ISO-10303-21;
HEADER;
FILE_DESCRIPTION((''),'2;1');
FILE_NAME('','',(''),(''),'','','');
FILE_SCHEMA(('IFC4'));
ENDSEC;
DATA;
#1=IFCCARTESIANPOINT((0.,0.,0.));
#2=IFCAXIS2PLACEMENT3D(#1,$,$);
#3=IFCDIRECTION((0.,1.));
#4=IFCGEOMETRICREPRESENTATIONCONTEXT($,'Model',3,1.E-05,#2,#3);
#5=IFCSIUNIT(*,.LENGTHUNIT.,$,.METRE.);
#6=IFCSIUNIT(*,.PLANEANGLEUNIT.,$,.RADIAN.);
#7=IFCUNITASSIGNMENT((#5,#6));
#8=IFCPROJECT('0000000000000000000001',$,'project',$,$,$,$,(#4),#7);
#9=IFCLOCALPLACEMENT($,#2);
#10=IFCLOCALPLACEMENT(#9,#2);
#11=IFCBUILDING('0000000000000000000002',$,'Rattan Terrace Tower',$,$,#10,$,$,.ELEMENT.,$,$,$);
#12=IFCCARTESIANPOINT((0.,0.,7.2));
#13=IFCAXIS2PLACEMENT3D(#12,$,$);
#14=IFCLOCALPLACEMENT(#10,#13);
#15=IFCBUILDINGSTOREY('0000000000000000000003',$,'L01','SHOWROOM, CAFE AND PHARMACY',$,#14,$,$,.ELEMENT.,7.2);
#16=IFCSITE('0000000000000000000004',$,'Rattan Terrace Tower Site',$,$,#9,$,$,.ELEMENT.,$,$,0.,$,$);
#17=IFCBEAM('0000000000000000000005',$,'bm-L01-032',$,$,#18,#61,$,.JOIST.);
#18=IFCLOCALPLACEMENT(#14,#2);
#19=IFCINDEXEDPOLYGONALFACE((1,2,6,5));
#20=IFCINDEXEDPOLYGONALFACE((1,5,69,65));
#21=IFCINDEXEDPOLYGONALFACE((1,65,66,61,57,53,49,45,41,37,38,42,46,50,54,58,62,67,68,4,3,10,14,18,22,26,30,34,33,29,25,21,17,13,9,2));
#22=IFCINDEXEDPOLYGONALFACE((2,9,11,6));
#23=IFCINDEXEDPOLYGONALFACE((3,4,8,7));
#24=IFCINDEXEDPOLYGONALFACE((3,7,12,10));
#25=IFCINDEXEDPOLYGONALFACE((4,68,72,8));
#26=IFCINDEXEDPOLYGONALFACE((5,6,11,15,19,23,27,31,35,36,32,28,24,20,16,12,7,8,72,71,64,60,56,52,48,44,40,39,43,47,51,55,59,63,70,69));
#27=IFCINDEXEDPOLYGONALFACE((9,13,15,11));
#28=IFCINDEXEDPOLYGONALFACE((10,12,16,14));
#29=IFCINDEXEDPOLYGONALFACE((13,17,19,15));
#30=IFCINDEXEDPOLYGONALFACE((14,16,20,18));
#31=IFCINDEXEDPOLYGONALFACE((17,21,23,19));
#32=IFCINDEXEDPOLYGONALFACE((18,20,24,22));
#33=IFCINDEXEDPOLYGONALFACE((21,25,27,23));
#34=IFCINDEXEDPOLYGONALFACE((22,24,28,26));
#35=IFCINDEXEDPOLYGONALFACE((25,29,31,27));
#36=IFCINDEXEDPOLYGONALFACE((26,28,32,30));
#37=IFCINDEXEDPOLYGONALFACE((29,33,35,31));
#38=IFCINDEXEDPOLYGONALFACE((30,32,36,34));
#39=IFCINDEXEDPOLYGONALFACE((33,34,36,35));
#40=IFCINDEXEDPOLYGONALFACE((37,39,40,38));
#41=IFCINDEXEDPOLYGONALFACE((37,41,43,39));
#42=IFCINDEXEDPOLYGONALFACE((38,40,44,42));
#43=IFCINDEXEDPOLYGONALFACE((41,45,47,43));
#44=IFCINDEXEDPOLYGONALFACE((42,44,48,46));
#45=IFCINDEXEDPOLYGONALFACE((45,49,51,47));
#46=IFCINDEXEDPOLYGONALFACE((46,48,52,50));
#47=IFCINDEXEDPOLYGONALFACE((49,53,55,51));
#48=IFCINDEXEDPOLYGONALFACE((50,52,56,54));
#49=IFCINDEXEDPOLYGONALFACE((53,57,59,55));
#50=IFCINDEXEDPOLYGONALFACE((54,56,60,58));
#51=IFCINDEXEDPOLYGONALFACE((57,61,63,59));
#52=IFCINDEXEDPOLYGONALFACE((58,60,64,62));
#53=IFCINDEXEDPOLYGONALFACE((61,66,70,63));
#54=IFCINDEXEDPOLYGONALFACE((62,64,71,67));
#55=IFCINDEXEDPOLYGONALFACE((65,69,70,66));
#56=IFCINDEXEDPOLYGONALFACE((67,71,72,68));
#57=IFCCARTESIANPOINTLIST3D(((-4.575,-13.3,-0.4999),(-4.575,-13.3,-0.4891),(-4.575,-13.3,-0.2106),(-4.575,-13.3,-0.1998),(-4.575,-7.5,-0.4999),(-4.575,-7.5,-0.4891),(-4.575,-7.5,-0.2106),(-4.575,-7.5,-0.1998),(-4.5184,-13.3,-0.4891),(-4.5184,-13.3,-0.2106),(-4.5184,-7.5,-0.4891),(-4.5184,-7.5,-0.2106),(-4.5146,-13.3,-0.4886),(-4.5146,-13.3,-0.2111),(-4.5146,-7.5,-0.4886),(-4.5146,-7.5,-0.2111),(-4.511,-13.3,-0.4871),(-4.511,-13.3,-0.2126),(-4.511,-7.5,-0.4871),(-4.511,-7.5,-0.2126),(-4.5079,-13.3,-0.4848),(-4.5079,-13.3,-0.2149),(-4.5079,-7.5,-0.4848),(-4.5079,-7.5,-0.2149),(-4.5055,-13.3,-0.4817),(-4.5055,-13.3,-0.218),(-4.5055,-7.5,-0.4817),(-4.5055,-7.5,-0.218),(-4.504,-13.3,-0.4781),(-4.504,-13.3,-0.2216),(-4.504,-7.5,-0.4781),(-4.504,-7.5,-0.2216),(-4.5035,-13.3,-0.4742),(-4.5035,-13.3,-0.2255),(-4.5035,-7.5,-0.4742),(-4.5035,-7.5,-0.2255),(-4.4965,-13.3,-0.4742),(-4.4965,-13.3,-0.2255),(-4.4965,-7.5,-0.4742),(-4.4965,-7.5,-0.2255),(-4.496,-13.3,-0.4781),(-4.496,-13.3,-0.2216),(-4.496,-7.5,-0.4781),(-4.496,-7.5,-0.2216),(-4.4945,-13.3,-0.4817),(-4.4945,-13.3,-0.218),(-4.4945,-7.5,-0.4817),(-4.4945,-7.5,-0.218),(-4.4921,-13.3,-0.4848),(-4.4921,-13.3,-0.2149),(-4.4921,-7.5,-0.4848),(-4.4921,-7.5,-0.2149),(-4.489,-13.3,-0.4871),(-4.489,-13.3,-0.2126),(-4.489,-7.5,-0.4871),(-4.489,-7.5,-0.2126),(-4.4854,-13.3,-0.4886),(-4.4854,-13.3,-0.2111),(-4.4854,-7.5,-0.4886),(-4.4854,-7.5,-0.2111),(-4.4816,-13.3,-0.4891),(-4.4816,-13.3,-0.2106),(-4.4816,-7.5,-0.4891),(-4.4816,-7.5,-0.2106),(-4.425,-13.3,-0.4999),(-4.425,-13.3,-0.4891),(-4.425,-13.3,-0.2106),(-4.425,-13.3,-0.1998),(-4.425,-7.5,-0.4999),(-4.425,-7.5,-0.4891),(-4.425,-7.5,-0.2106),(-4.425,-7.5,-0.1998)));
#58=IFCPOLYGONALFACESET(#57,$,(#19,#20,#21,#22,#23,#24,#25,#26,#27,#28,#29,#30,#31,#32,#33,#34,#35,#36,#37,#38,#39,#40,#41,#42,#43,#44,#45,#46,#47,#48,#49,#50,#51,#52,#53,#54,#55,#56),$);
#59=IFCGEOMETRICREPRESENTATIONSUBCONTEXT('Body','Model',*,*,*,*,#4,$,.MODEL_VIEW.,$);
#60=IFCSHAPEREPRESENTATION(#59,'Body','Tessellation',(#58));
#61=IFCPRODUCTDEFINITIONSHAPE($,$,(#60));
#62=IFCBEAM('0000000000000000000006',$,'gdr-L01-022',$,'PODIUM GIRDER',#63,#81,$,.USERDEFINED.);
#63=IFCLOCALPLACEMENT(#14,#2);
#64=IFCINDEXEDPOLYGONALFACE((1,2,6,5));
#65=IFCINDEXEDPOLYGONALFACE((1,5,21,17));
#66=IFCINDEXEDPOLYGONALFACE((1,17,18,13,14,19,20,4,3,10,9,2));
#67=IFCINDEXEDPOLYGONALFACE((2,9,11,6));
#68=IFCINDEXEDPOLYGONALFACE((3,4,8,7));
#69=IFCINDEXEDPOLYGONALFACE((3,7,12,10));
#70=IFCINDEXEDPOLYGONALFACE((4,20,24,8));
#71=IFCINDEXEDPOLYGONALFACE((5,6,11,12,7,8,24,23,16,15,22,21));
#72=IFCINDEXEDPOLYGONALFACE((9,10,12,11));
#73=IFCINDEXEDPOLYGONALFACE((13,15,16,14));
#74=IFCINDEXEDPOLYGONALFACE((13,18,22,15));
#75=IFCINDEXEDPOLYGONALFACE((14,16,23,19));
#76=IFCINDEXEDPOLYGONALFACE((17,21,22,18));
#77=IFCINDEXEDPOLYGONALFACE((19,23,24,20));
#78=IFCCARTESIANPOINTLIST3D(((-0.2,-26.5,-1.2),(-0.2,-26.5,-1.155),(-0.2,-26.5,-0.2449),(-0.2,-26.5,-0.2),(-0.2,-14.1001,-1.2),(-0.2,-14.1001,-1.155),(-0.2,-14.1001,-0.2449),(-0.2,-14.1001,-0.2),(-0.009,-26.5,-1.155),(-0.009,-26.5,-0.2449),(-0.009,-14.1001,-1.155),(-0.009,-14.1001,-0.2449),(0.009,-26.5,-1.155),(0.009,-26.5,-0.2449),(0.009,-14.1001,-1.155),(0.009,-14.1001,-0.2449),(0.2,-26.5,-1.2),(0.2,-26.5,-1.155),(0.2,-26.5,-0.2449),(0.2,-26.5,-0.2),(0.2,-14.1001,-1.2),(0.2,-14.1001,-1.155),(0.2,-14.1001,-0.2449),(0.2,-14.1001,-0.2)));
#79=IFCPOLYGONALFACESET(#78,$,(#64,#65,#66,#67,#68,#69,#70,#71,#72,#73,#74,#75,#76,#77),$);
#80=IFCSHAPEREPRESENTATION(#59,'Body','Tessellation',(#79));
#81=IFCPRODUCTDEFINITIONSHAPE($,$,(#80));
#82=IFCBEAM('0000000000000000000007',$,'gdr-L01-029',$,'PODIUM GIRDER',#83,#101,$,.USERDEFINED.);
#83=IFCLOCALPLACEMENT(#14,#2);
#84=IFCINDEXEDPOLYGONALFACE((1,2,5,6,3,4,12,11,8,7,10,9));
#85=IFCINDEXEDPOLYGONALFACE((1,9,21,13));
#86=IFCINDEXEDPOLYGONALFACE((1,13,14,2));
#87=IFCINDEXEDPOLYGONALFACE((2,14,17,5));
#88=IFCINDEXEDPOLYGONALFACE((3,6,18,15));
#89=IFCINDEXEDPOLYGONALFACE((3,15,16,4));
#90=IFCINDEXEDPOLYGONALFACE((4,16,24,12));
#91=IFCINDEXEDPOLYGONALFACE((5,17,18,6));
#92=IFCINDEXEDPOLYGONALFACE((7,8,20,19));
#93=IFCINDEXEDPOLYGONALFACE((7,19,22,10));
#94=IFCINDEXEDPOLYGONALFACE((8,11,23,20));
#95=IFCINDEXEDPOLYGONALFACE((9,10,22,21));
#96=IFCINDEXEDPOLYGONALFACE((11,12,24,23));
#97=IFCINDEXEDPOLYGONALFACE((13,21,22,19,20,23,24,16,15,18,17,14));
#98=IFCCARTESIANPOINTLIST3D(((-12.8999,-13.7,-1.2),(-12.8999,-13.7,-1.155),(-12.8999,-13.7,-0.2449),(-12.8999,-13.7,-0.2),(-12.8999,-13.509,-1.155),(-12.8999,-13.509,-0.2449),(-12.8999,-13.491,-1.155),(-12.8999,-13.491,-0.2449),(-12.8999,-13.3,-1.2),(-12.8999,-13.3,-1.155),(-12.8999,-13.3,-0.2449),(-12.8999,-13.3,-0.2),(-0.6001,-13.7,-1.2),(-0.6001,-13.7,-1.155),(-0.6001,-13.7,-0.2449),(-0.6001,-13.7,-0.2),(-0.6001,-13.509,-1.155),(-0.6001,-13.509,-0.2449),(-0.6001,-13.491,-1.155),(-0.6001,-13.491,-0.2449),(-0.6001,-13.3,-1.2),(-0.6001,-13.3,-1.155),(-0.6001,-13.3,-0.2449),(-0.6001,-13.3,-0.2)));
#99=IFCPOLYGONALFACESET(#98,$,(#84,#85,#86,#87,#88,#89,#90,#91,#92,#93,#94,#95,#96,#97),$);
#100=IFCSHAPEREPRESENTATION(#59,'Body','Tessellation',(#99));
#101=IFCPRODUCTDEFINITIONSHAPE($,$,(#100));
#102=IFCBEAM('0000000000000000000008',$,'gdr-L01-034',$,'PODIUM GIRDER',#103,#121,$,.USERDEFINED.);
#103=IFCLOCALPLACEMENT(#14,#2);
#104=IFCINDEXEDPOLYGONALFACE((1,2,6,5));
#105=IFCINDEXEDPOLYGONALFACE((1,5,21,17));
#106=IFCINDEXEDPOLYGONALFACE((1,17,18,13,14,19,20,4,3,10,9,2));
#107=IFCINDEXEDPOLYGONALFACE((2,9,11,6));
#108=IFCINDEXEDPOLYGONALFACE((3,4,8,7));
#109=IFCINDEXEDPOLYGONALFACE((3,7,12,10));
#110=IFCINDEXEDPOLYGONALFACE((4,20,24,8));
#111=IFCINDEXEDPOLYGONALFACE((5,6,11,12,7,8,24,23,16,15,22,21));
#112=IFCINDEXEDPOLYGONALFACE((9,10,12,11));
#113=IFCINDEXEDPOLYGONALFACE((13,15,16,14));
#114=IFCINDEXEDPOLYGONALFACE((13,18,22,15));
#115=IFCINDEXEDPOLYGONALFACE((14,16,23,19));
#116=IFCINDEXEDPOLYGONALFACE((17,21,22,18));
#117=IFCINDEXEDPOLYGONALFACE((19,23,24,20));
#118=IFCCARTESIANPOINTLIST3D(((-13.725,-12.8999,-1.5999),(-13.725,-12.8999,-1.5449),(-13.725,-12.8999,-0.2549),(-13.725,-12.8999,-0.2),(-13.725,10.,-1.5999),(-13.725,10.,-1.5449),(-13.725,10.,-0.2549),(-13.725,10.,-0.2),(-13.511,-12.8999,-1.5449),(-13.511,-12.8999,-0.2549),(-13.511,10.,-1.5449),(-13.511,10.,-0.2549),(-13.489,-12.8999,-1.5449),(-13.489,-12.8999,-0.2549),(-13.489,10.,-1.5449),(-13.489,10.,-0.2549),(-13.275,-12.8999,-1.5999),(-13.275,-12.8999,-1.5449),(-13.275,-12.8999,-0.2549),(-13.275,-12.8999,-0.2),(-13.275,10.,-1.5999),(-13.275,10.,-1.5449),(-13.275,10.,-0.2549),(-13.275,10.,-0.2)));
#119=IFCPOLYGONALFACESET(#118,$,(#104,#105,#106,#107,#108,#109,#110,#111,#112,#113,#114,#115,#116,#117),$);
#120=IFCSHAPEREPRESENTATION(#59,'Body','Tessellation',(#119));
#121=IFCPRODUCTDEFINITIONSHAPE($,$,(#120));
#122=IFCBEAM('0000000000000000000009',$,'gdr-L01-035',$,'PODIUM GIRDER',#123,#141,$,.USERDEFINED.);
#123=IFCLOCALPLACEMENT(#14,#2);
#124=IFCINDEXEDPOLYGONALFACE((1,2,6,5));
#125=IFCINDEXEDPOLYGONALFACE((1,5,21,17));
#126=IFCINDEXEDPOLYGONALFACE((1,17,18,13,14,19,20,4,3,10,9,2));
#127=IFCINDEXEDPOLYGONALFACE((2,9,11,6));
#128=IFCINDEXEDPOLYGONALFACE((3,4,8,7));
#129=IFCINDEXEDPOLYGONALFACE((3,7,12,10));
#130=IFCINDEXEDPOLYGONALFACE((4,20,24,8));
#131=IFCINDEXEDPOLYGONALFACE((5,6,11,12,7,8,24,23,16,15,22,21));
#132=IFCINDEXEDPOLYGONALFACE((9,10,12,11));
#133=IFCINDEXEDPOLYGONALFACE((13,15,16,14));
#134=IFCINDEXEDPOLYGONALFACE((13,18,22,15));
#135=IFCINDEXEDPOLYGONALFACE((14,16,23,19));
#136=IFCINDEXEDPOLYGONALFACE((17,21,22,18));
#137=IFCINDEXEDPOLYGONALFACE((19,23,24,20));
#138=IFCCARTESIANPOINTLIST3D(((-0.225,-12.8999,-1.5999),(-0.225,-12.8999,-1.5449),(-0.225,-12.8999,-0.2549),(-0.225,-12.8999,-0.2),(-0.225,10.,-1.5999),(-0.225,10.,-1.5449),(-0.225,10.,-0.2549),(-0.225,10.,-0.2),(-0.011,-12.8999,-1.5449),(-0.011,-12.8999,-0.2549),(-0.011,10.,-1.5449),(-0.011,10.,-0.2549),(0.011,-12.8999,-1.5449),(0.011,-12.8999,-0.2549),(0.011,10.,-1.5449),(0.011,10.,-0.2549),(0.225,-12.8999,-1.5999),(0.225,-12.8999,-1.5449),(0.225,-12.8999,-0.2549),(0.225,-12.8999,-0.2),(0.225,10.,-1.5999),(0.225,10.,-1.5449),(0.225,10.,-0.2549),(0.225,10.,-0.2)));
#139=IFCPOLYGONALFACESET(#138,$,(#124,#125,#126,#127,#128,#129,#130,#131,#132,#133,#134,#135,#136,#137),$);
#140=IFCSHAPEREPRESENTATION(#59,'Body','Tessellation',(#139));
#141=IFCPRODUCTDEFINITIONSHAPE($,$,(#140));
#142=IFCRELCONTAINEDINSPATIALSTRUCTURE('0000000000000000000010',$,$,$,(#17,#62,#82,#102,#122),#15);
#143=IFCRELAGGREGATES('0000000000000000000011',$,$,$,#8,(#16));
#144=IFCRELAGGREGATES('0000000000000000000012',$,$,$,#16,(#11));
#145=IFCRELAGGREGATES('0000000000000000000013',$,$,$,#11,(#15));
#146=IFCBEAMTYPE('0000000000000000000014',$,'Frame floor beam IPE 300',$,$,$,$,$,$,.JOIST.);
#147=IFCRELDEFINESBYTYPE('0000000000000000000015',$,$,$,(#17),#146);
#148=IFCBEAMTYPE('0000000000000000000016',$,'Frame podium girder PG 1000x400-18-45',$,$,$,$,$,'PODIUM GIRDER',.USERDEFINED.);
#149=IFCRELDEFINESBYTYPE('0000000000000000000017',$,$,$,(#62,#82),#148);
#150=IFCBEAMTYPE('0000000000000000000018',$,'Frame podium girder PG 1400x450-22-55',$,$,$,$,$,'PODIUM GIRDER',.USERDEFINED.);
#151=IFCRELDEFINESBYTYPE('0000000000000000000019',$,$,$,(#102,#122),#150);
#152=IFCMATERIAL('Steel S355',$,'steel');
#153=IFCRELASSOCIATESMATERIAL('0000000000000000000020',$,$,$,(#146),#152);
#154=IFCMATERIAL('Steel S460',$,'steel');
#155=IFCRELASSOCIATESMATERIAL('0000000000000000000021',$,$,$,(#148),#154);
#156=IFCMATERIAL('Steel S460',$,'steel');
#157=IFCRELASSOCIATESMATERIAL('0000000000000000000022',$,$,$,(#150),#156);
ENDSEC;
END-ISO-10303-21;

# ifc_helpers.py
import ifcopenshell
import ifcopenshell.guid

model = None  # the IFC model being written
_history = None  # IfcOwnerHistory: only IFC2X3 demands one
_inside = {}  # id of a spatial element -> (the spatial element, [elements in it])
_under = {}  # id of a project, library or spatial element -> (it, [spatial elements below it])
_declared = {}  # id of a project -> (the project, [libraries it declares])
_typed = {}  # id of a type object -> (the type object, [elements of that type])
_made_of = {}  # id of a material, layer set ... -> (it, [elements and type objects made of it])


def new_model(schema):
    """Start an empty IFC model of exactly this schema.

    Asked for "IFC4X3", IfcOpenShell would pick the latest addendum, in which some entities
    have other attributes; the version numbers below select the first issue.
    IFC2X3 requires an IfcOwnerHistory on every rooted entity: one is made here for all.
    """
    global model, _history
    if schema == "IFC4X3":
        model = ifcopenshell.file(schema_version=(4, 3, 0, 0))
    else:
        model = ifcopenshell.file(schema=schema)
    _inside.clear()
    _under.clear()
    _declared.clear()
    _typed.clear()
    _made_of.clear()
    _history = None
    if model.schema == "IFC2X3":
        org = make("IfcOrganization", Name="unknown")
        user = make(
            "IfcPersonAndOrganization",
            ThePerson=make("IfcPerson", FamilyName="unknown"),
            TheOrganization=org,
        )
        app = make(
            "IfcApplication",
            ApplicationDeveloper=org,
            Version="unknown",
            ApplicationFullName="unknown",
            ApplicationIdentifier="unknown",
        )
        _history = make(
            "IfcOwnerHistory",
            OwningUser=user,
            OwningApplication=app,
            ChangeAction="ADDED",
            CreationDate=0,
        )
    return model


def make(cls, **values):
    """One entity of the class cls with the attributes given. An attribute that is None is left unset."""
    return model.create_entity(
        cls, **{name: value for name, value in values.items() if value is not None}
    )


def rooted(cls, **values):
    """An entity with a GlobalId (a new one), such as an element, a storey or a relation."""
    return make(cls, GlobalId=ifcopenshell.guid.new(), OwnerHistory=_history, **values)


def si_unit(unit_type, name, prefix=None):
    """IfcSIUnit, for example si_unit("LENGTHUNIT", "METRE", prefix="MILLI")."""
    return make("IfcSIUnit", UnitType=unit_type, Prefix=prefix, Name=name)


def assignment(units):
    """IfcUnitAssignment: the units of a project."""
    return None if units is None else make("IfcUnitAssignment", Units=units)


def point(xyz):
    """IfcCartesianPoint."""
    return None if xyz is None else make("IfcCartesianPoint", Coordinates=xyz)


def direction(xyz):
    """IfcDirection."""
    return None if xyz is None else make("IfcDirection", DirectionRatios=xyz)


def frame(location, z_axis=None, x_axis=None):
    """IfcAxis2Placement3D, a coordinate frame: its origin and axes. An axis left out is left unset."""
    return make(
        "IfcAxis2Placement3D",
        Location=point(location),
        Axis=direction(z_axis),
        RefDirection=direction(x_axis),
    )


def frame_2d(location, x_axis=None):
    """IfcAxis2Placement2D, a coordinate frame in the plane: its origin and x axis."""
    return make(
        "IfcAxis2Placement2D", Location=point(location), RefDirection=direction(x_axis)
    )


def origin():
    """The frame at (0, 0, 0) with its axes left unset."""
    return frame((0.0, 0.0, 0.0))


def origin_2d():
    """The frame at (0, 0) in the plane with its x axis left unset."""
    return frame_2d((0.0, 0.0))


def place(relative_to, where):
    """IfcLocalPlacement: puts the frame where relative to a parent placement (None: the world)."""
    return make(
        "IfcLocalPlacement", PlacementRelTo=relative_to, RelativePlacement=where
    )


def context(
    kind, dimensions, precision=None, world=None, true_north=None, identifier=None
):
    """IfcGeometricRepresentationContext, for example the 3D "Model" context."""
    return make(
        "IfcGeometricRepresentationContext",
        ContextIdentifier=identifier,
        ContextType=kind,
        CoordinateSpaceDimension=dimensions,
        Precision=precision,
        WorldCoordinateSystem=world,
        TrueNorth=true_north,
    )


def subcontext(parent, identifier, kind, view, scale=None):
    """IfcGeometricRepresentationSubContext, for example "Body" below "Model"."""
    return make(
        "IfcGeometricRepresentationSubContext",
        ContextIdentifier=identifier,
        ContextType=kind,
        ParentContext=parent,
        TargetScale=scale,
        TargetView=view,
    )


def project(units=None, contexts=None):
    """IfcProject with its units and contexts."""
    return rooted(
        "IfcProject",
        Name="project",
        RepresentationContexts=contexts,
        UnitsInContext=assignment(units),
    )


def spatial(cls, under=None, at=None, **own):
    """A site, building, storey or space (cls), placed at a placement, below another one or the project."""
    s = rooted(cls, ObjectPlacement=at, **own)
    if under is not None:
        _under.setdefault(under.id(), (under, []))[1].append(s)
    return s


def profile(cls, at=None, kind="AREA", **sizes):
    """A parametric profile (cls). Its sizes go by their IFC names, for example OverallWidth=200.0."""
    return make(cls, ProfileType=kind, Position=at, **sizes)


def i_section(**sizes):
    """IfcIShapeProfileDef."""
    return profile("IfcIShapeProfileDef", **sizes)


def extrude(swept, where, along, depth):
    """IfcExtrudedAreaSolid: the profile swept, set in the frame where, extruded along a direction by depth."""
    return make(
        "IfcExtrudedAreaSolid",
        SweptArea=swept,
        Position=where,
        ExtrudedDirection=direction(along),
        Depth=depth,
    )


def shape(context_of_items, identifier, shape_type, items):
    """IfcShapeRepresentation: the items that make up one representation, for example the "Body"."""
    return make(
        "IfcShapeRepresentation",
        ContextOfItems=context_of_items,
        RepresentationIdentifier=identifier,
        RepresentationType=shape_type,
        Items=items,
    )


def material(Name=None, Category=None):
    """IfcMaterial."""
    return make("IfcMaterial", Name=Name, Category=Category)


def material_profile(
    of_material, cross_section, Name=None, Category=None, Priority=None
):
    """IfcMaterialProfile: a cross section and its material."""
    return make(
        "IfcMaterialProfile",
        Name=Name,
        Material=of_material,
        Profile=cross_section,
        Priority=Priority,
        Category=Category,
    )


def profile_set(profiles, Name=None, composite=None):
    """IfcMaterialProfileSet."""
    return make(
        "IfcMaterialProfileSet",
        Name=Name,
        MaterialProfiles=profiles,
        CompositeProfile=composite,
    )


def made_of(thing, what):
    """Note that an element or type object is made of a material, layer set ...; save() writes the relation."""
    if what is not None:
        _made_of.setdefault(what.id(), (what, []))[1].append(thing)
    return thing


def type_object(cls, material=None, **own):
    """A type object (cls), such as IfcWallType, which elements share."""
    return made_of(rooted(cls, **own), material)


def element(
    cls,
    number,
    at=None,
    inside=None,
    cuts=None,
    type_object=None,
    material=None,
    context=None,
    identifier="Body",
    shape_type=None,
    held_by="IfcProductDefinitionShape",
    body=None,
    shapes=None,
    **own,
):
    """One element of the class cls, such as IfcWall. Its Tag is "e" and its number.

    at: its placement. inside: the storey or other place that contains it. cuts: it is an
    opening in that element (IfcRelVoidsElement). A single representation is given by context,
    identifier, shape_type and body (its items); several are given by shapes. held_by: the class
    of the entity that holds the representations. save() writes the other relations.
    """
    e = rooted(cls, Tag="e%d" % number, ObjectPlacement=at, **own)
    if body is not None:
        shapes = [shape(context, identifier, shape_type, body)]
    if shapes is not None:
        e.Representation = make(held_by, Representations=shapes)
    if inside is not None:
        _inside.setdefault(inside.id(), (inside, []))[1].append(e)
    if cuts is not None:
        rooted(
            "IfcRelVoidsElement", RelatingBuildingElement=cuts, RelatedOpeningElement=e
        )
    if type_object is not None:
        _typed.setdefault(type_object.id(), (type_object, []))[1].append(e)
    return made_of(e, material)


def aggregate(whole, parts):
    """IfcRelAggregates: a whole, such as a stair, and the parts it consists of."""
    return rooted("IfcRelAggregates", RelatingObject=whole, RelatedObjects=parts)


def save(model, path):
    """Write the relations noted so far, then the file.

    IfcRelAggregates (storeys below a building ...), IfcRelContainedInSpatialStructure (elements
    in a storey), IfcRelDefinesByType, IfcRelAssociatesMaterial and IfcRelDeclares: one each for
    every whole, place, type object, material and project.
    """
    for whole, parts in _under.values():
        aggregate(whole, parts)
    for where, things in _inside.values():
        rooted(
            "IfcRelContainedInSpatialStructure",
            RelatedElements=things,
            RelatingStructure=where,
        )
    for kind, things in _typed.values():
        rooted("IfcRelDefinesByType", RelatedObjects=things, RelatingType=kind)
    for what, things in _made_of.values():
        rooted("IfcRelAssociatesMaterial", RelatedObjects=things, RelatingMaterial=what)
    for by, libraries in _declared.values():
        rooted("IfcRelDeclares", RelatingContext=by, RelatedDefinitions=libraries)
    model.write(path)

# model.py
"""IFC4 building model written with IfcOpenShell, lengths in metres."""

from ifc_helpers import new_model, si_unit, direction, frame, origin, origin_2d, place, context, subcontext, project, spatial, i_section, extrude, material, material_profile, profile_set, type_object, element, save


model = new_model("IFC4")

# Units and contexts
model_context = context("Model", 3, precision=1e-05, world=origin(), true_north=direction((0.0, 1.0)))
body_context = subcontext(model_context, "Body", "Model", "MODEL_VIEW")
ifc_project = project(units=[si_unit("LENGTHUNIT", "METRE"), si_unit("PLANEANGLEUNIT", "RADIAN")], contexts=[model_context])

# Site, building, storey
site_placement = place(None, origin())
site = spatial("IfcSite", under=ifc_project, at=site_placement, Name="Rattan Terrace Tower Site", CompositionType="ELEMENT", RefElevation=0.0)
building_placement = place(site_placement, origin())
building = spatial("IfcBuilding", under=site, at=building_placement, Name="Rattan Terrace Tower", CompositionType="ELEMENT")
storey_placement = place(building_placement, frame((0.0, 0.0, 7.2)))
storey = spatial("IfcBuildingStorey", under=building, at=storey_placement, Name="L01", Description="SHOWROOM, CAFE AND PHARMACY", CompositionType="ELEMENT", Elevation=7.2)

# Beams
ifc_material_1 = material(Name="Steel S355", Category="steel")
ifc_material_profile_1 = material_profile(ifc_material_1, i_section(OverallWidth=0.1499, OverallDepth=0.3, WebThickness=0.0071, FlangeThickness=0.0107, FilletRadius=0.0149, at=origin_2d()), Name="IPE 300")
ifc_profile_set_1 = profile_set([ifc_material_profile_1], Name="Steel S355")
beam_type_1 = type_object("IfcBeamType", Name="Frame floor beam IPE 300", PredefinedType="JOIST", material=ifc_profile_set_1)
for number, where, z_axis, x_axis, name in (
    (1, (-4.5, -13.3, -0.3499), (0.0, 1.0, 0.0), (-1.0, 0.0, 0.0), "bm-L01-032"),
):
    element("IfcBeam", number, at=place(storey_placement, frame(where, z_axis=z_axis, x_axis=x_axis)), inside=storey, type_object=beam_type_1, Name=name, PredefinedType="JOIST", context=body_context, shape_type="SweptSolid", body=[
        extrude(i_section(OverallWidth=0.1499, OverallDepth=0.3, WebThickness=0.0071, FlangeThickness=0.0107, FilletRadius=0.0149, at=origin_2d()), origin(), (0.0, 0.0, 1.0), 5.8),
    ])
ifc_material_2 = material(Name="Steel S460", Category="steel")
ifc_material_profile_2 = material_profile(ifc_material_2, i_section(OverallWidth=0.3999, OverallDepth=1.0, WebThickness=0.0181, FlangeThickness=0.0449, at=origin_2d()), Name="PG 1000x400-18-45")
ifc_profile_set_2 = profile_set([ifc_material_profile_2], Name="Steel S460")
beam_type_2 = type_object("IfcBeamType", Name="Frame podium girder PG 1000x400-18-45", ElementType="PODIUM GIRDER", PredefinedType="USERDEFINED", material=ifc_profile_set_2)
beam_1_placement = place(storey_placement, frame((0.0, -26.5, -0.7), z_axis=(0.0, 1.0, 0.0), x_axis=(-1.0, 0.0, 0.0)))
element("IfcBeam", 2, at=beam_1_placement, inside=storey, type_object=beam_type_2, Name="gdr-L01-022", ObjectType="PODIUM GIRDER", PredefinedType="USERDEFINED", context=body_context, shape_type="SweptSolid", body=[
    extrude(i_section(OverallWidth=0.3999, OverallDepth=1.0, WebThickness=0.0181, FlangeThickness=0.0449, at=origin_2d()), origin(), (0.0, 0.0, 1.0), 12.3999),
])
beam_2_placement = place(storey_placement, frame((-12.8999, -13.5, -0.7), z_axis=(1.0, 0.0, 0.0), x_axis=(0.0, 1.0, 0.0)))
element("IfcBeam", 3, at=beam_2_placement, inside=storey, type_object=beam_type_2, Name="gdr-L01-029", ObjectType="PODIUM GIRDER", PredefinedType="USERDEFINED", context=body_context, shape_type="SweptSolid", body=[
    extrude(i_section(OverallWidth=0.3999, OverallDepth=1.0, WebThickness=0.0181, FlangeThickness=0.0449, at=origin_2d()), origin(), (0.0, 0.0, 1.0), 12.2998),
])
ifc_material_3 = material(Name="Steel S460", Category="steel")
ifc_material_profile_3 = material_profile(ifc_material_3, i_section(OverallWidth=0.45, OverallDepth=1.3999, WebThickness=0.022, FlangeThickness=0.0549, at=origin_2d()), Name="PG 1400x450-22-55")
ifc_profile_set_3 = profile_set([ifc_material_profile_3], Name="Steel S460")
beam_type_3 = type_object("IfcBeamType", Name="Frame podium girder PG 1400x450-22-55", ElementType="PODIUM GIRDER", PredefinedType="USERDEFINED", material=ifc_profile_set_3)
for number, where, z_axis, x_axis, name in (
    (4, (-13.5, -12.8999, -0.8999), (0.0, 1.0, 0.0), (-1.0, 0.0, 0.0), "gdr-L01-034"),
    (5, (0.0, -12.8999, -0.8999), (0.0, 1.0, 0.0), (-1.0, 0.0, 0.0), "gdr-L01-035"),
):
    element("IfcBeam", number, at=place(storey_placement, frame(where, z_axis=z_axis, x_axis=x_axis)), inside=storey, type_object=beam_type_3, Name=name, ObjectType="PODIUM GIRDER", PredefinedType="USERDEFINED", context=body_context, shape_type="SweptSolid", body=[
        extrude(i_section(OverallWidth=0.45, OverallDepth=1.3999, WebThickness=0.022, FlangeThickness=0.0549, at=origin_2d()), origin(), (0.0, 0.0, 1.0), 22.8999),
    ])

save(model, "model.ifc")
